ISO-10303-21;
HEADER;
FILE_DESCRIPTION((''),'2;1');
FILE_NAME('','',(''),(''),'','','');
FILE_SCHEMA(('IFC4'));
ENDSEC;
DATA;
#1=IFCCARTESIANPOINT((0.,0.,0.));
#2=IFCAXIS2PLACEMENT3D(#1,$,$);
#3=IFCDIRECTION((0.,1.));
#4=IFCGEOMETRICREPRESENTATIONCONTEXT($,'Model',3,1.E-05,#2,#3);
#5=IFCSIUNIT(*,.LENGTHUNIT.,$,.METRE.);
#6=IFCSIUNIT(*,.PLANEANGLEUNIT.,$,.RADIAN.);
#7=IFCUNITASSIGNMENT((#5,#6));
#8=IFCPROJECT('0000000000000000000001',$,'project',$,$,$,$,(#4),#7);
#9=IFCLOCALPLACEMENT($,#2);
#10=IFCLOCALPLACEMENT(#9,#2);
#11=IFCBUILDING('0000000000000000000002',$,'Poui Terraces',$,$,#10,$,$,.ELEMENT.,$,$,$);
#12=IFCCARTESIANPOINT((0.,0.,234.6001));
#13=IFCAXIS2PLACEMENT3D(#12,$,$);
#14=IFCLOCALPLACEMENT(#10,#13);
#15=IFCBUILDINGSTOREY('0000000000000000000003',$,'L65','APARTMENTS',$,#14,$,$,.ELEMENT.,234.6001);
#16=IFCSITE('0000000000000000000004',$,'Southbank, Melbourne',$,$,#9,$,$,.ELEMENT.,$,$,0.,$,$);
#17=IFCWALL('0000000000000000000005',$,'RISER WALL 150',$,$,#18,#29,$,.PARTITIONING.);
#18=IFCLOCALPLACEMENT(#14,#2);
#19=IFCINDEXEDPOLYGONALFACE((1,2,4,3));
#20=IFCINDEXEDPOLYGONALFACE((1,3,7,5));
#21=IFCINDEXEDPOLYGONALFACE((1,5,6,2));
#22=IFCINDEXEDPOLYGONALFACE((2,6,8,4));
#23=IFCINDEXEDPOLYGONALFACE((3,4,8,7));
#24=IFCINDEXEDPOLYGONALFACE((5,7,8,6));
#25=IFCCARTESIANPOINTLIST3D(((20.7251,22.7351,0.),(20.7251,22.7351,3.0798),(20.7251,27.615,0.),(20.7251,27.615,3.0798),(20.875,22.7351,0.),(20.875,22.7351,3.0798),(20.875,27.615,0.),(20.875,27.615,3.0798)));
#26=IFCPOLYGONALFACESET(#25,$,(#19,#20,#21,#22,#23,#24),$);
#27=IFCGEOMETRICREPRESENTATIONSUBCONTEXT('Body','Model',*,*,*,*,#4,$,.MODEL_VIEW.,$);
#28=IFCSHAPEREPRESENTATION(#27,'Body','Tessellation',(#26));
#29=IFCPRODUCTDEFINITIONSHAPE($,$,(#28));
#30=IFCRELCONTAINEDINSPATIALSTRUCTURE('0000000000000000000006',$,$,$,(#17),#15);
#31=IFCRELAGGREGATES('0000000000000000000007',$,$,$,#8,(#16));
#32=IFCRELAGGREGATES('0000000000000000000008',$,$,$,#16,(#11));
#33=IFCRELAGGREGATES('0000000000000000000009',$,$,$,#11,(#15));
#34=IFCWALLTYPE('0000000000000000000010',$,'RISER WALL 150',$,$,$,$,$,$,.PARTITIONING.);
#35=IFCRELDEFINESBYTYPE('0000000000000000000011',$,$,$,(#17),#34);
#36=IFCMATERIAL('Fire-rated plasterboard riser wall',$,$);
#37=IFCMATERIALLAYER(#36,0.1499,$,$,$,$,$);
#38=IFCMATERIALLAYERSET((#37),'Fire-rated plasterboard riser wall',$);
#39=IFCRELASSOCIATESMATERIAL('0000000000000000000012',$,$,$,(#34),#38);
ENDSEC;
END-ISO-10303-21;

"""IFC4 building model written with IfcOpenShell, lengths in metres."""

from ifc_helpers import new_model, si_unit, direction, frame, frame_2d, origin, place, context, subcontext, project, spatial, rectangle, extrude, material, layer, layer_set, type_object, element, save


model = new_model("IFC4")

# Units and contexts
model_context = context("Model", 3, precision=1e-05, world=origin(), true_north=direction((0.0, 1.0)))
body_context = subcontext(model_context, "Body", "Model", "MODEL_VIEW")
ifc_project = project(units=[si_unit("LENGTHUNIT", "METRE"), si_unit("PLANEANGLEUNIT", "RADIAN")], contexts=[model_context])

# Site, building, storey
site_placement = place(None, origin())
site = spatial("IfcSite", under=ifc_project, at=site_placement, Name="Southbank, Melbourne", CompositionType="ELEMENT", RefElevation=0.0)
building_placement = place(site_placement, origin())
building = spatial("IfcBuilding", under=site, at=building_placement, Name="Poui Terraces", CompositionType="ELEMENT")
storey_placement = place(building_placement, frame((0.0, 0.0, 234.6001)))
storey = spatial("IfcBuildingStorey", under=building, at=storey_placement, Name="L65", Description="APARTMENTS", CompositionType="ELEMENT", Elevation=234.6001)

# Wall
ifc_material_1 = material(Name="Fire-rated plasterboard riser wall")
ifc_layer_1 = layer(ifc_material_1, 0.1499)
ifc_layer_set_1 = layer_set([ifc_layer_1], Name="Fire-rated plasterboard riser wall")
wall_type_1 = type_object("IfcWallType", Name="RISER WALL 150", PredefinedType="PARTITIONING", material=ifc_layer_set_1)
wall_1_placement = place(storey_placement, frame((20.8, 22.7351, 0.0), z_axis=(0.0, 0.0, 1.0), x_axis=(0.0, 1.0, 0.0)))
element("IfcWall", 1, at=wall_1_placement, inside=storey, type_object=wall_type_1, Name="RISER WALL 150", PredefinedType="PARTITIONING", context=body_context, shape_type="SweptSolid", body=[
    extrude(rectangle(XDim=4.8799, YDim=0.1499, at=frame_2d((2.4399, 0.0))), origin(), (0.0, 0.0, 1.0), 3.0798),
])

save(model, "model.ifc")
